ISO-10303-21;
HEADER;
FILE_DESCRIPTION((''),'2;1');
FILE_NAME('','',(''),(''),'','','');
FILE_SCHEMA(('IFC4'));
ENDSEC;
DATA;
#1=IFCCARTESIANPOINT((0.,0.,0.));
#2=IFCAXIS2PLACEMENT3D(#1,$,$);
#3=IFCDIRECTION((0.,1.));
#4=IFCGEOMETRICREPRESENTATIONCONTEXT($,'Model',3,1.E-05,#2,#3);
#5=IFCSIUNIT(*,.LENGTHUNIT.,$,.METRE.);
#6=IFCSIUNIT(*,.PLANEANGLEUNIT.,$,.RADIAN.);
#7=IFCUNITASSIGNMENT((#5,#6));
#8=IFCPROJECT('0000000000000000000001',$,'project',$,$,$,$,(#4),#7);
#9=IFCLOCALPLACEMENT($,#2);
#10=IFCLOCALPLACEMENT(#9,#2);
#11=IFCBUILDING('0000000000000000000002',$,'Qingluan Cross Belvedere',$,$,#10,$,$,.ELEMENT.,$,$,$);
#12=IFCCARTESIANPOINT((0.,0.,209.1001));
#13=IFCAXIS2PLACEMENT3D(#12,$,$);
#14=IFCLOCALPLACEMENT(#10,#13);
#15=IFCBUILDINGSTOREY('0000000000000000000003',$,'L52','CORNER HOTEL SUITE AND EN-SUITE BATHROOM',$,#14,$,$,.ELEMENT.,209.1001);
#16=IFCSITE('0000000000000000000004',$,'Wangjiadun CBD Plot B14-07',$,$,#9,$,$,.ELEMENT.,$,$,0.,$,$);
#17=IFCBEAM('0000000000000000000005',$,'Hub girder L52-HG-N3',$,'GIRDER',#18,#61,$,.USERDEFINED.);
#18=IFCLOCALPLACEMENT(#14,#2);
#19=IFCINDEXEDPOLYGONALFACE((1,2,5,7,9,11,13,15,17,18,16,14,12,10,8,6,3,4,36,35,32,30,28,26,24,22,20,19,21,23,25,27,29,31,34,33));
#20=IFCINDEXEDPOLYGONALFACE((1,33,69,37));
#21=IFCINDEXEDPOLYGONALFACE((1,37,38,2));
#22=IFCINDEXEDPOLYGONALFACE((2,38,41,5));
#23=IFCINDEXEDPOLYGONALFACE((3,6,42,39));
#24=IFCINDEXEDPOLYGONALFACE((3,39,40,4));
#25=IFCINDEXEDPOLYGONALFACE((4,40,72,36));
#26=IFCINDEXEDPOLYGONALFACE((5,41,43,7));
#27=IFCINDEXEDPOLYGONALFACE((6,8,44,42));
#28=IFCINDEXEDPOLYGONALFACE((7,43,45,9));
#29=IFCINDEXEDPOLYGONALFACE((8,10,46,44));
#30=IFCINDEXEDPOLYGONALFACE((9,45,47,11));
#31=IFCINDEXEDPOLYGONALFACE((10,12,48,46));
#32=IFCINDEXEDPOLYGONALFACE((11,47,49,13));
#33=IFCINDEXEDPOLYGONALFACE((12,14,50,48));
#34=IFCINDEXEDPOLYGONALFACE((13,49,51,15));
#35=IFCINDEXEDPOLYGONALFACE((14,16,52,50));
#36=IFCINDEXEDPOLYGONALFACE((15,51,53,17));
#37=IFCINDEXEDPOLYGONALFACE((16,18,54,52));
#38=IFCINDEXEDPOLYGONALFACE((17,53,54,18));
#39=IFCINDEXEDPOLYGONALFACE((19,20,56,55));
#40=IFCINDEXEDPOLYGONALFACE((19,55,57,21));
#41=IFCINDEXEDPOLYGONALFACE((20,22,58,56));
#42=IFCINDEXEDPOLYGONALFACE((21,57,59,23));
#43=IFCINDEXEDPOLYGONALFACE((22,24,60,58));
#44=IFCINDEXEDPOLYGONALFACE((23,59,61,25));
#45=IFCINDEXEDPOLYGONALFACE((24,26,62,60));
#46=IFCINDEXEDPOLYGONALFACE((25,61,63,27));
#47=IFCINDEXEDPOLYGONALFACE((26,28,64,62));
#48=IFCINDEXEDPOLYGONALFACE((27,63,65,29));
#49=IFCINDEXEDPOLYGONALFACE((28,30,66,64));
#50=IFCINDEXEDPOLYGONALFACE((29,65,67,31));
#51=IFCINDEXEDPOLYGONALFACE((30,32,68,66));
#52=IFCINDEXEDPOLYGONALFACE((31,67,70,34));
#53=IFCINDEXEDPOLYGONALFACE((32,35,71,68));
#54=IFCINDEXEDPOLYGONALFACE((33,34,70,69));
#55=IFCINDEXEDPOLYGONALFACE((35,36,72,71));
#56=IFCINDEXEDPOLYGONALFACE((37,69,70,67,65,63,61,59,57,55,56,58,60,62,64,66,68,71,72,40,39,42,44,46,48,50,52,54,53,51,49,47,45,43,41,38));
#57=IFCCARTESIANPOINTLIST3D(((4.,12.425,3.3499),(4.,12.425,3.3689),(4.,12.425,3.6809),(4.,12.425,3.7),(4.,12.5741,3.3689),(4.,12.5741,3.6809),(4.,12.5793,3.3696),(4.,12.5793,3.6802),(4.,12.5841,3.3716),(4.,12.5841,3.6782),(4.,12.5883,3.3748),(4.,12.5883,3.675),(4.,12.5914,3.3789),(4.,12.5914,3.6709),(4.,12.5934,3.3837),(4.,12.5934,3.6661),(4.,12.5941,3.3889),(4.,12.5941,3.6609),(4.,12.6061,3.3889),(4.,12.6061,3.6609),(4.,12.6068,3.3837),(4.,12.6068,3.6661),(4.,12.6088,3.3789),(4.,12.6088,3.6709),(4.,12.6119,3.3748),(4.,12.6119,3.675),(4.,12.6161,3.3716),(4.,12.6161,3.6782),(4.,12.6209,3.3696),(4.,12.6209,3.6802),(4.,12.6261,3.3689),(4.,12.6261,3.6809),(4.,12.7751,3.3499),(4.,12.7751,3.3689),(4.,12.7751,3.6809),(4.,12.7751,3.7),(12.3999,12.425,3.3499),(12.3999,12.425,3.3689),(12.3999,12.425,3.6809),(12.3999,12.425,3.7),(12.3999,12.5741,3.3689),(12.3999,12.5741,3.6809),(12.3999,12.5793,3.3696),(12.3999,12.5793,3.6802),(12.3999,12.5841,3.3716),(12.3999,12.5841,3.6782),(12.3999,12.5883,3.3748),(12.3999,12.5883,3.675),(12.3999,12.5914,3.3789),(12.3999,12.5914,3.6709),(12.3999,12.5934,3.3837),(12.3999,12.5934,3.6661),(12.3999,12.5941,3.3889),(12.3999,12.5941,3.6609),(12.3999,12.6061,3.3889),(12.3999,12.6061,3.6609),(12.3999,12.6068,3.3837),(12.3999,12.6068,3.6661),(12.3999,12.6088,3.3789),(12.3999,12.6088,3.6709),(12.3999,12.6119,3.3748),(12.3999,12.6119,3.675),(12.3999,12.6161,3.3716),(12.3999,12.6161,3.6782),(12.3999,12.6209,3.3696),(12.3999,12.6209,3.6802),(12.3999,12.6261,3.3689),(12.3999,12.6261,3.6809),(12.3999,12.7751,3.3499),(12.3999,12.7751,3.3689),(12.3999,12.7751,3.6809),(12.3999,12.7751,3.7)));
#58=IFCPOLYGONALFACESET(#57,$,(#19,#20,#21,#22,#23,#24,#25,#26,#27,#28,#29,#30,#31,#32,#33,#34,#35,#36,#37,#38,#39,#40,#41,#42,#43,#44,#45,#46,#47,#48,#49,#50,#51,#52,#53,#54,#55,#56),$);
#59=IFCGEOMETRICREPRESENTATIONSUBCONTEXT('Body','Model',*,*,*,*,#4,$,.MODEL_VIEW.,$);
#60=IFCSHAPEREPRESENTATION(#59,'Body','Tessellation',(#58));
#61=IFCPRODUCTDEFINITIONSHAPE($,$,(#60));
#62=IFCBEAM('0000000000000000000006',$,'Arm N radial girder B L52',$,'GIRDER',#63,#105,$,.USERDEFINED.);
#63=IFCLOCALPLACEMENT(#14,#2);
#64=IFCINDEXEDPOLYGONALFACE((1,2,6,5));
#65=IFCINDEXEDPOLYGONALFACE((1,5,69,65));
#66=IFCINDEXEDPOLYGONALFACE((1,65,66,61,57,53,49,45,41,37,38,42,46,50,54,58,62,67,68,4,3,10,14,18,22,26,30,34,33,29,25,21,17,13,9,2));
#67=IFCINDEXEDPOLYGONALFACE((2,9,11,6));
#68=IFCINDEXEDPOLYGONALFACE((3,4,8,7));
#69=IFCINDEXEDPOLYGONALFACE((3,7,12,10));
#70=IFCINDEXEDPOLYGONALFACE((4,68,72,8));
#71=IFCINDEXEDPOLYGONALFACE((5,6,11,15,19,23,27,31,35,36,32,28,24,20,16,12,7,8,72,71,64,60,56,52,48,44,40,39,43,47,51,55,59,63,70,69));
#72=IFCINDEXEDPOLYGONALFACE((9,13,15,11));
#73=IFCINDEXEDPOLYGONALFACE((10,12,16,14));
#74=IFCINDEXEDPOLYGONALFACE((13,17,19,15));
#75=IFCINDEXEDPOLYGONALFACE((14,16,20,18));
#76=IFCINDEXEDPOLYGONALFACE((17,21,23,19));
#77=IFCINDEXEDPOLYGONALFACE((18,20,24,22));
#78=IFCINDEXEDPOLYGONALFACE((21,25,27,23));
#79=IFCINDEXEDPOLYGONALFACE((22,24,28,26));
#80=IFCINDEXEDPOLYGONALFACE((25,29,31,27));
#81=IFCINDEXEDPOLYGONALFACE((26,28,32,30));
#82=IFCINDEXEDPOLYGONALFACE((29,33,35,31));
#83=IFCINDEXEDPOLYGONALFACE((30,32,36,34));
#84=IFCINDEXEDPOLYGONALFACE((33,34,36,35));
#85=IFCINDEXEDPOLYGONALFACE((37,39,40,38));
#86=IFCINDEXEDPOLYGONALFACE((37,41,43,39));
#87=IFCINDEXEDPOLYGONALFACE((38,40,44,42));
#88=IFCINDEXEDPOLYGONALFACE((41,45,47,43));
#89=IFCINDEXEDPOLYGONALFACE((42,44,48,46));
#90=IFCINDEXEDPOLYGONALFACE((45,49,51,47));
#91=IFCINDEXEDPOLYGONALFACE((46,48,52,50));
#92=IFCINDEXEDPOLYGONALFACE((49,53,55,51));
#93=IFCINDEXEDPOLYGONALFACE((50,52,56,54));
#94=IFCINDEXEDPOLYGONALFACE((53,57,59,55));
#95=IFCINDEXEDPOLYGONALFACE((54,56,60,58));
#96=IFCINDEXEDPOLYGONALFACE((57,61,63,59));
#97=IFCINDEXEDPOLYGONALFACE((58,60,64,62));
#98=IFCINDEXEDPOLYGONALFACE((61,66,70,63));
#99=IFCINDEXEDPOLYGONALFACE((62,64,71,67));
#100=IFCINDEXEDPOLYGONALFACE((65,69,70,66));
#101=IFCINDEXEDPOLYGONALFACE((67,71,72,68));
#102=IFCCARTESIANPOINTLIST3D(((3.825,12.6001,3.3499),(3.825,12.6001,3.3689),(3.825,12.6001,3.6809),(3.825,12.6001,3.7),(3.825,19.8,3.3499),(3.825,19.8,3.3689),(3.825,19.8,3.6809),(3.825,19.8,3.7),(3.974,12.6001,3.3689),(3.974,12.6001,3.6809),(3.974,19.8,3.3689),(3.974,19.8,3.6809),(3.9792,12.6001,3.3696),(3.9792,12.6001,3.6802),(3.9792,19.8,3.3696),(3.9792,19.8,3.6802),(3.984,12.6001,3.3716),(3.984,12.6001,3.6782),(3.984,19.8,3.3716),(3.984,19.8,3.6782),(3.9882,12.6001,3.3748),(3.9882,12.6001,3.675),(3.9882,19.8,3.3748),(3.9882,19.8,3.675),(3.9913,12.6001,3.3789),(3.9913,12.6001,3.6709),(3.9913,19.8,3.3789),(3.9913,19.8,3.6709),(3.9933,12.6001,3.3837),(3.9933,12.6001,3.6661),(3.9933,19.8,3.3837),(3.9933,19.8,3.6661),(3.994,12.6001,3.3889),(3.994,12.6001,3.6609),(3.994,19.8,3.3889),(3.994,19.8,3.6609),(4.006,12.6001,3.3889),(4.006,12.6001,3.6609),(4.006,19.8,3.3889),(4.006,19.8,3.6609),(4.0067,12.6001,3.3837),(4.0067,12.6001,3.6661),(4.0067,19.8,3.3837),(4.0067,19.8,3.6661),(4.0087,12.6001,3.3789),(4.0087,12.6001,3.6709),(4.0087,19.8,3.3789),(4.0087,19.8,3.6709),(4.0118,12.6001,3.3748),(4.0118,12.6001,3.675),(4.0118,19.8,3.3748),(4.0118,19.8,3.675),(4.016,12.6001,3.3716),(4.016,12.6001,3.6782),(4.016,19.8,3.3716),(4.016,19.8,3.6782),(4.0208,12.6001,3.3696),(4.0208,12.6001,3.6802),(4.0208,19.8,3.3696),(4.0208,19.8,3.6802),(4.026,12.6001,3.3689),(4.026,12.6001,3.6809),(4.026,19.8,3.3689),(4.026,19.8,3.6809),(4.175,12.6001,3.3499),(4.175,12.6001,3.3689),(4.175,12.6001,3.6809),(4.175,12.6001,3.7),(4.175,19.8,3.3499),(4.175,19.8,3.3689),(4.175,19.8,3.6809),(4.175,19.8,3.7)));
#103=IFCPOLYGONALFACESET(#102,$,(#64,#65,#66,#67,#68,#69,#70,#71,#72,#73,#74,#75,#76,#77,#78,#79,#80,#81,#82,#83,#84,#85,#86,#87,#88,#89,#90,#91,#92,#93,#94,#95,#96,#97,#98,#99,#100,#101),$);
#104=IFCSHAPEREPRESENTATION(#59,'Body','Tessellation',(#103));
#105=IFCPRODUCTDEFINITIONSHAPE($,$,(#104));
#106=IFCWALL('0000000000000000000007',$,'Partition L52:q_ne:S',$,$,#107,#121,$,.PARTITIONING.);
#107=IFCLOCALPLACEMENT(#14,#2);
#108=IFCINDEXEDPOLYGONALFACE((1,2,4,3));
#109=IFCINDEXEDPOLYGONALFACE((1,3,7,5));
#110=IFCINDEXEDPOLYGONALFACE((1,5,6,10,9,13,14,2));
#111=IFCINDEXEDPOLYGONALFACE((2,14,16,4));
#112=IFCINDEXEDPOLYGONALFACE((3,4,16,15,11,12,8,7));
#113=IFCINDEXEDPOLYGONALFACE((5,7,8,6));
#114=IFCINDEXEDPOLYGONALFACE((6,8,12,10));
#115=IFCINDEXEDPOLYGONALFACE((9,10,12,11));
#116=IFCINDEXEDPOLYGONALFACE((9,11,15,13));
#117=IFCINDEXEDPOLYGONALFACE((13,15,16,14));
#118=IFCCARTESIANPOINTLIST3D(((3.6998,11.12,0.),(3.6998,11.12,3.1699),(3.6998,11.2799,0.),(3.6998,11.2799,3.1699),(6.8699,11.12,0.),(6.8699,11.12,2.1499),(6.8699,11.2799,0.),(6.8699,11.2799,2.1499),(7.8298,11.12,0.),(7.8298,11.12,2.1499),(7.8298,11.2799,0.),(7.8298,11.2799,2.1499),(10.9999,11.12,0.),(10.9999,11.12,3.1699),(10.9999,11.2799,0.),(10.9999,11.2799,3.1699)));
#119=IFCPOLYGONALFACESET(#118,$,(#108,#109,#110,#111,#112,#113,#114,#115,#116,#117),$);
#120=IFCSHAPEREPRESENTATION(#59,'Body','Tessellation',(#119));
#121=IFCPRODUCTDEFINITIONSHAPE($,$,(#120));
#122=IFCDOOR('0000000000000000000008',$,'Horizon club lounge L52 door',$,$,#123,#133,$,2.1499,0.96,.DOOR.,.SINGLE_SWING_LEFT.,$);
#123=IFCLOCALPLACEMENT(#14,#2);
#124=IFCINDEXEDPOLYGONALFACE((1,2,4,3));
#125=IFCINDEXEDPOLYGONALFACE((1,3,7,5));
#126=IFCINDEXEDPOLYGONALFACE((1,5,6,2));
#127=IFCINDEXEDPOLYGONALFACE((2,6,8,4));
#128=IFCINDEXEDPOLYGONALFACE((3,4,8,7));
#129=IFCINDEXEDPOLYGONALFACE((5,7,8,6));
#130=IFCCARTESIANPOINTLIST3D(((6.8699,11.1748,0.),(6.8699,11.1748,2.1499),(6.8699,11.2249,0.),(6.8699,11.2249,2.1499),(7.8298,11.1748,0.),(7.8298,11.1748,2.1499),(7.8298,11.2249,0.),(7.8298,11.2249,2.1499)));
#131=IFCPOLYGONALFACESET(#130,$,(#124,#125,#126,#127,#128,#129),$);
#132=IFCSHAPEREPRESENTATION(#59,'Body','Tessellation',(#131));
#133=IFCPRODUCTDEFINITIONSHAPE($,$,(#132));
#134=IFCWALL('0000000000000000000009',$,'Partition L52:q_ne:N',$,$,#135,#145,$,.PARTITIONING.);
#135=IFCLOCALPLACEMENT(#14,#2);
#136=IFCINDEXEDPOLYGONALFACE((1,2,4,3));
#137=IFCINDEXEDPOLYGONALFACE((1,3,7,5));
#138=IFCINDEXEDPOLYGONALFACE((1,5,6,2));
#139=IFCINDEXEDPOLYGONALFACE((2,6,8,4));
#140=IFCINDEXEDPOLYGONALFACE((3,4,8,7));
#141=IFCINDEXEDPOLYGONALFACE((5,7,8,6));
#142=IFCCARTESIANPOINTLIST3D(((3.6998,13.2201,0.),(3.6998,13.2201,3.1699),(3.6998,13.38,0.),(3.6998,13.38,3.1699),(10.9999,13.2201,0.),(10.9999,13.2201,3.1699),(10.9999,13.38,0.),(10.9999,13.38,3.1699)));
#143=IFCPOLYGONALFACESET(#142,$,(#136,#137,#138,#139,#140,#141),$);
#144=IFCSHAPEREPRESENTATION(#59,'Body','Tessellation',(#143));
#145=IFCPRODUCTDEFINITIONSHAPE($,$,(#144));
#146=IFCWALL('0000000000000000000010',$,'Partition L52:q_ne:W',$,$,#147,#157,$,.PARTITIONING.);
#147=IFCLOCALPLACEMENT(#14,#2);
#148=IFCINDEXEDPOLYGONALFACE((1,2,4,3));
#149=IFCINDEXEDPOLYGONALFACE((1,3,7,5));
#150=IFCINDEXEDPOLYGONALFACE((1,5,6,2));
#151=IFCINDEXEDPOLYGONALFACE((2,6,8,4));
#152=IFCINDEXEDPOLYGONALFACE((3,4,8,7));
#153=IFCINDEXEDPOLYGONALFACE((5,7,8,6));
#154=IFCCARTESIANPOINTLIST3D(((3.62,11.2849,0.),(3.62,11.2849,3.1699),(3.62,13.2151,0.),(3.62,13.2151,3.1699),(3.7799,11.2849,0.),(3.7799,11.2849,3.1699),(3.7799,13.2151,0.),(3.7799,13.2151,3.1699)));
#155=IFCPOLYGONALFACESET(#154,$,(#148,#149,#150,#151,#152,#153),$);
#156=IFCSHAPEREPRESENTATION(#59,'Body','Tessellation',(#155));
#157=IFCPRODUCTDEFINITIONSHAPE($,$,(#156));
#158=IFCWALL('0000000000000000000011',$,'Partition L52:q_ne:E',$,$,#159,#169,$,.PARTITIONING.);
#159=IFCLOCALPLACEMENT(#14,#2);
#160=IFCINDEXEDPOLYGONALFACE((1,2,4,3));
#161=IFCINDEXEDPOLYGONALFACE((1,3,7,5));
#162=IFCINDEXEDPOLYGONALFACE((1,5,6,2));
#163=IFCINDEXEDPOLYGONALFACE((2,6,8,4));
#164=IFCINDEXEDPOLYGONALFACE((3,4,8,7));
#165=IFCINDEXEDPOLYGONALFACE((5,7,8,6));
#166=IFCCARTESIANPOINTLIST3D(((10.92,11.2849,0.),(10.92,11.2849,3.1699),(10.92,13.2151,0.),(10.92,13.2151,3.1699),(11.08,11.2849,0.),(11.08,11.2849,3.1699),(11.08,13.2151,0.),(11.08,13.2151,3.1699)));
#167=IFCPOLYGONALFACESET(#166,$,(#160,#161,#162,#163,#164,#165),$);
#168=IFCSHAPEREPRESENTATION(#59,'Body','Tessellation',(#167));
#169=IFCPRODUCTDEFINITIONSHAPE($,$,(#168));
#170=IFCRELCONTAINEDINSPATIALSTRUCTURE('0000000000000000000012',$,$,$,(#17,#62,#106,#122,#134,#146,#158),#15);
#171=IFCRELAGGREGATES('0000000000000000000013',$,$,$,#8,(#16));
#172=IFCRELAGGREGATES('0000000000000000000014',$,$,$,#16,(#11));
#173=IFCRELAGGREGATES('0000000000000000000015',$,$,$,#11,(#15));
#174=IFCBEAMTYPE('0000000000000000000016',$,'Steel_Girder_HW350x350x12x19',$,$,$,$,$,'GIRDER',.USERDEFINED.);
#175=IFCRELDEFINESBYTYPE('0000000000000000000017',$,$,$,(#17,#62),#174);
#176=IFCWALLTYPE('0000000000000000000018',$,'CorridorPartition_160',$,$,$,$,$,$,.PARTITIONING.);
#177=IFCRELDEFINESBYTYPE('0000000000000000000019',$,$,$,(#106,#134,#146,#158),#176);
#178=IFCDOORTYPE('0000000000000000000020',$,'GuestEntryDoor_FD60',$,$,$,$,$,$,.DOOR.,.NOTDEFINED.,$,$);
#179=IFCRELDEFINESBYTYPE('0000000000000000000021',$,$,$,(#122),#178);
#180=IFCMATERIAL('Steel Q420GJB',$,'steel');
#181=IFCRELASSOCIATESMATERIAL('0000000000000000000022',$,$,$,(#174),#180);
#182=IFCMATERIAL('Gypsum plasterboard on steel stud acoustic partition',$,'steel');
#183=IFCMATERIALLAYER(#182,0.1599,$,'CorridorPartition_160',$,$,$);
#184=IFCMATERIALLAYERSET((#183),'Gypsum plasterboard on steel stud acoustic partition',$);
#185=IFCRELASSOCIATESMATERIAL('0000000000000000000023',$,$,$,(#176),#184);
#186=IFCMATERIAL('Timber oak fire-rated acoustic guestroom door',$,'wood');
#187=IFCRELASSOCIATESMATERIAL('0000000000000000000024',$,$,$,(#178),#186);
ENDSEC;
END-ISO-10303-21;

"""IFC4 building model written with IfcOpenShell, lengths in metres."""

from ifc_helpers import new_model, si_unit, direction, frame, frame_2d, origin, origin_2d, place, context, subcontext, project, spatial, rectangle, i_section, extrude, material, layer, layer_set, material_profile, profile_set, type_object, element, fill, save


model = new_model("IFC4")

# Units and contexts
model_context = context("Model", 3, precision=1e-05, world=origin(), true_north=direction((0.0, 1.0)))
body_context = subcontext(model_context, "Body", "Model", "MODEL_VIEW")
ifc_project = project(units=[si_unit("LENGTHUNIT", "METRE"), si_unit("PLANEANGLEUNIT", "RADIAN")], contexts=[model_context])

# Site, building, storey
site_placement = place(None, origin())
site = spatial("IfcSite", under=ifc_project, at=site_placement, Name="Wangjiadun CBD Plot B14-07", CompositionType="ELEMENT", RefElevation=0.0)
building_placement = place(site_placement, origin())
building = spatial("IfcBuilding", under=site, at=building_placement, Name="Qingluan Cross Belvedere", CompositionType="ELEMENT")
storey_placement = place(building_placement, frame((0.0, 0.0, 209.1001)))
storey = spatial("IfcBuildingStorey", under=building, at=storey_placement, Name="L52", Description="CORNER HOTEL SUITE AND EN-SUITE BATHROOM", CompositionType="ELEMENT", Elevation=209.1001)

# Beams
ifc_material_1 = material(Name="Steel Q420GJB", Category="steel")
ifc_material_profile_1 = material_profile(ifc_material_1, i_section(OverallWidth=0.3501, OverallDepth=0.3501, WebThickness=0.012, FlangeThickness=0.019, FilletRadius=0.02, at=origin_2d()), Name="HW350x350x12x19")
ifc_profile_set_1 = profile_set([ifc_material_profile_1], Name="Steel Q420GJB")
beam_type_1 = type_object("IfcBeamType", Name="Steel_Girder_HW350x350x12x19", ElementType="GIRDER", PredefinedType="USERDEFINED", material=ifc_profile_set_1)
beam_1_placement = place(storey_placement, frame((4.0, 12.6001, 3.5249), z_axis=(1.0, 0.0, 0.0), x_axis=(0.0, 1.0, 0.0)))
element("IfcBeam", 1, at=beam_1_placement, inside=storey, type_object=beam_type_1, Name="Hub girder L52-HG-N3", ObjectType="GIRDER", PredefinedType="USERDEFINED", context=body_context, shape_type="SweptSolid", body=[
    extrude(i_section(OverallWidth=0.3501, OverallDepth=0.3501, WebThickness=0.012, FlangeThickness=0.019, FilletRadius=0.02, at=origin_2d()), origin(), (0.0, 0.0, 1.0), 8.3999),
])
beam_2_placement = place(storey_placement, frame((4.0, 12.6001, 3.5249), z_axis=(0.0, 1.0, 0.0), x_axis=(-1.0, 0.0, 0.0)))
element("IfcBeam", 2, at=beam_2_placement, inside=storey, type_object=beam_type_1, Name="Arm N radial girder B L52", ObjectType="GIRDER", PredefinedType="USERDEFINED", context=body_context, shape_type="SweptSolid", body=[
    extrude(i_section(OverallWidth=0.3501, OverallDepth=0.3501, WebThickness=0.012, FlangeThickness=0.019, FilletRadius=0.02, at=origin_2d()), origin(), (0.0, 0.0, 1.0), 7.2),
])

# Wall, opening, door
ifc_material_2 = material(Name="Gypsum plasterboard on steel stud acoustic partition", Category="steel")
ifc_layer_1 = layer(ifc_material_2, 0.1599, Name="CorridorPartition_160")
ifc_layer_set_1 = layer_set([ifc_layer_1], Name="Gypsum plasterboard on steel stud acoustic partition")
wall_type_1 = type_object("IfcWallType", Name="CorridorPartition_160", PredefinedType="PARTITIONING", material=ifc_layer_set_1)
wall_1_placement = place(storey_placement, frame((3.7, 11.2, 0.0), z_axis=(0.0, 0.0, 1.0), x_axis=(1.0, 0.0, 0.0)))
wall_1 = element("IfcWall", 3, at=wall_1_placement, inside=storey, type_object=wall_type_1, Name="Partition L52:q_ne:S", PredefinedType="PARTITIONING", context=body_context, shape_type="SweptSolid", body=[
    extrude(rectangle(XDim=7.3, YDim=0.1599, at=frame_2d((3.6499, 0.0))), origin(), (0.0, 0.0, 1.0), 3.1699),
])
opening_1_placement = place(wall_1_placement, frame((3.1699, 0.0, 0.0)))
opening_1 = element("IfcOpeningElement", 4, at=opening_1_placement, cuts=wall_1, PredefinedType="OPENING", context=body_context, shape_type="SweptSolid", body=[
    extrude(rectangle(XDim=0.96, YDim=2.1499, at=frame_2d((0.48, 1.075))), frame((0.0, 0.0898, 0.0), z_axis=(0.0, -1.0, 0.0), x_axis=(1.0, 0.0, 0.0)), (0.0, 0.0, 1.0), 0.1799),
])
ifc_material_3 = material(Name="Timber oak fire-rated acoustic guestroom door", Category="wood")
door_type = type_object("IfcDoorType", Name="GuestEntryDoor_FD60", OperationType="NOTDEFINED", PredefinedType="DOOR", material=ifc_material_3)
door_1_placement = place(opening_1_placement, origin())
door_1 = element("IfcDoor", 5, at=door_1_placement, inside=storey, type_object=door_type, Name="Horizon club lounge L52 door", OperationType="SINGLE_SWING_LEFT", OverallHeight=2.1499, OverallWidth=0.96, PredefinedType="DOOR", context=body_context, shape_type="SweptSolid", body=[
    extrude(rectangle(XDim=0.96, YDim=2.1499, at=frame_2d((0.48, 1.075))), frame((0.0, 0.0249, 0.0), z_axis=(0.0, -1.0, 0.0), x_axis=(1.0, 0.0, 0.0)), (0.0, 0.0, 1.0), 0.05),
])
fill(opening_1, door_1)

# Walls
wall_2_placement = place(storey_placement, frame((3.7, 13.3, 0.0), z_axis=(0.0, 0.0, 1.0), x_axis=(1.0, 0.0, 0.0)))
element("IfcWall", 6, at=wall_2_placement, inside=storey, type_object=wall_type_1, Name="Partition L52:q_ne:N", PredefinedType="PARTITIONING", context=body_context, shape_type="SweptSolid", body=[
    extrude(rectangle(XDim=7.3, YDim=0.1599, at=frame_2d((3.6499, 0.0))), origin(), (0.0, 0.0, 1.0), 3.1699),
])
for number, where, z_axis, x_axis, name in (
    (7, (3.7, 11.2849, 0.0), (0.0, 0.0, 1.0), (0.0, 1.0, 0.0), "Partition L52:q_ne:W"),
    (8, (11.0, 11.2849, 0.0), (0.0, 0.0, 1.0), (0.0, 1.0, 0.0), "Partition L52:q_ne:E"),
):
    element("IfcWall", number, at=place(storey_placement, frame(where, z_axis=z_axis, x_axis=x_axis)), inside=storey, type_object=wall_type_1, Name=name, PredefinedType="PARTITIONING", context=body_context, shape_type="SweptSolid", body=[
        extrude(rectangle(XDim=1.9302, YDim=0.1599, at=frame_2d((0.9651, 0.0))), origin(), (0.0, 0.0, 1.0), 3.1699),
    ])

save(model, "model.ifc")
